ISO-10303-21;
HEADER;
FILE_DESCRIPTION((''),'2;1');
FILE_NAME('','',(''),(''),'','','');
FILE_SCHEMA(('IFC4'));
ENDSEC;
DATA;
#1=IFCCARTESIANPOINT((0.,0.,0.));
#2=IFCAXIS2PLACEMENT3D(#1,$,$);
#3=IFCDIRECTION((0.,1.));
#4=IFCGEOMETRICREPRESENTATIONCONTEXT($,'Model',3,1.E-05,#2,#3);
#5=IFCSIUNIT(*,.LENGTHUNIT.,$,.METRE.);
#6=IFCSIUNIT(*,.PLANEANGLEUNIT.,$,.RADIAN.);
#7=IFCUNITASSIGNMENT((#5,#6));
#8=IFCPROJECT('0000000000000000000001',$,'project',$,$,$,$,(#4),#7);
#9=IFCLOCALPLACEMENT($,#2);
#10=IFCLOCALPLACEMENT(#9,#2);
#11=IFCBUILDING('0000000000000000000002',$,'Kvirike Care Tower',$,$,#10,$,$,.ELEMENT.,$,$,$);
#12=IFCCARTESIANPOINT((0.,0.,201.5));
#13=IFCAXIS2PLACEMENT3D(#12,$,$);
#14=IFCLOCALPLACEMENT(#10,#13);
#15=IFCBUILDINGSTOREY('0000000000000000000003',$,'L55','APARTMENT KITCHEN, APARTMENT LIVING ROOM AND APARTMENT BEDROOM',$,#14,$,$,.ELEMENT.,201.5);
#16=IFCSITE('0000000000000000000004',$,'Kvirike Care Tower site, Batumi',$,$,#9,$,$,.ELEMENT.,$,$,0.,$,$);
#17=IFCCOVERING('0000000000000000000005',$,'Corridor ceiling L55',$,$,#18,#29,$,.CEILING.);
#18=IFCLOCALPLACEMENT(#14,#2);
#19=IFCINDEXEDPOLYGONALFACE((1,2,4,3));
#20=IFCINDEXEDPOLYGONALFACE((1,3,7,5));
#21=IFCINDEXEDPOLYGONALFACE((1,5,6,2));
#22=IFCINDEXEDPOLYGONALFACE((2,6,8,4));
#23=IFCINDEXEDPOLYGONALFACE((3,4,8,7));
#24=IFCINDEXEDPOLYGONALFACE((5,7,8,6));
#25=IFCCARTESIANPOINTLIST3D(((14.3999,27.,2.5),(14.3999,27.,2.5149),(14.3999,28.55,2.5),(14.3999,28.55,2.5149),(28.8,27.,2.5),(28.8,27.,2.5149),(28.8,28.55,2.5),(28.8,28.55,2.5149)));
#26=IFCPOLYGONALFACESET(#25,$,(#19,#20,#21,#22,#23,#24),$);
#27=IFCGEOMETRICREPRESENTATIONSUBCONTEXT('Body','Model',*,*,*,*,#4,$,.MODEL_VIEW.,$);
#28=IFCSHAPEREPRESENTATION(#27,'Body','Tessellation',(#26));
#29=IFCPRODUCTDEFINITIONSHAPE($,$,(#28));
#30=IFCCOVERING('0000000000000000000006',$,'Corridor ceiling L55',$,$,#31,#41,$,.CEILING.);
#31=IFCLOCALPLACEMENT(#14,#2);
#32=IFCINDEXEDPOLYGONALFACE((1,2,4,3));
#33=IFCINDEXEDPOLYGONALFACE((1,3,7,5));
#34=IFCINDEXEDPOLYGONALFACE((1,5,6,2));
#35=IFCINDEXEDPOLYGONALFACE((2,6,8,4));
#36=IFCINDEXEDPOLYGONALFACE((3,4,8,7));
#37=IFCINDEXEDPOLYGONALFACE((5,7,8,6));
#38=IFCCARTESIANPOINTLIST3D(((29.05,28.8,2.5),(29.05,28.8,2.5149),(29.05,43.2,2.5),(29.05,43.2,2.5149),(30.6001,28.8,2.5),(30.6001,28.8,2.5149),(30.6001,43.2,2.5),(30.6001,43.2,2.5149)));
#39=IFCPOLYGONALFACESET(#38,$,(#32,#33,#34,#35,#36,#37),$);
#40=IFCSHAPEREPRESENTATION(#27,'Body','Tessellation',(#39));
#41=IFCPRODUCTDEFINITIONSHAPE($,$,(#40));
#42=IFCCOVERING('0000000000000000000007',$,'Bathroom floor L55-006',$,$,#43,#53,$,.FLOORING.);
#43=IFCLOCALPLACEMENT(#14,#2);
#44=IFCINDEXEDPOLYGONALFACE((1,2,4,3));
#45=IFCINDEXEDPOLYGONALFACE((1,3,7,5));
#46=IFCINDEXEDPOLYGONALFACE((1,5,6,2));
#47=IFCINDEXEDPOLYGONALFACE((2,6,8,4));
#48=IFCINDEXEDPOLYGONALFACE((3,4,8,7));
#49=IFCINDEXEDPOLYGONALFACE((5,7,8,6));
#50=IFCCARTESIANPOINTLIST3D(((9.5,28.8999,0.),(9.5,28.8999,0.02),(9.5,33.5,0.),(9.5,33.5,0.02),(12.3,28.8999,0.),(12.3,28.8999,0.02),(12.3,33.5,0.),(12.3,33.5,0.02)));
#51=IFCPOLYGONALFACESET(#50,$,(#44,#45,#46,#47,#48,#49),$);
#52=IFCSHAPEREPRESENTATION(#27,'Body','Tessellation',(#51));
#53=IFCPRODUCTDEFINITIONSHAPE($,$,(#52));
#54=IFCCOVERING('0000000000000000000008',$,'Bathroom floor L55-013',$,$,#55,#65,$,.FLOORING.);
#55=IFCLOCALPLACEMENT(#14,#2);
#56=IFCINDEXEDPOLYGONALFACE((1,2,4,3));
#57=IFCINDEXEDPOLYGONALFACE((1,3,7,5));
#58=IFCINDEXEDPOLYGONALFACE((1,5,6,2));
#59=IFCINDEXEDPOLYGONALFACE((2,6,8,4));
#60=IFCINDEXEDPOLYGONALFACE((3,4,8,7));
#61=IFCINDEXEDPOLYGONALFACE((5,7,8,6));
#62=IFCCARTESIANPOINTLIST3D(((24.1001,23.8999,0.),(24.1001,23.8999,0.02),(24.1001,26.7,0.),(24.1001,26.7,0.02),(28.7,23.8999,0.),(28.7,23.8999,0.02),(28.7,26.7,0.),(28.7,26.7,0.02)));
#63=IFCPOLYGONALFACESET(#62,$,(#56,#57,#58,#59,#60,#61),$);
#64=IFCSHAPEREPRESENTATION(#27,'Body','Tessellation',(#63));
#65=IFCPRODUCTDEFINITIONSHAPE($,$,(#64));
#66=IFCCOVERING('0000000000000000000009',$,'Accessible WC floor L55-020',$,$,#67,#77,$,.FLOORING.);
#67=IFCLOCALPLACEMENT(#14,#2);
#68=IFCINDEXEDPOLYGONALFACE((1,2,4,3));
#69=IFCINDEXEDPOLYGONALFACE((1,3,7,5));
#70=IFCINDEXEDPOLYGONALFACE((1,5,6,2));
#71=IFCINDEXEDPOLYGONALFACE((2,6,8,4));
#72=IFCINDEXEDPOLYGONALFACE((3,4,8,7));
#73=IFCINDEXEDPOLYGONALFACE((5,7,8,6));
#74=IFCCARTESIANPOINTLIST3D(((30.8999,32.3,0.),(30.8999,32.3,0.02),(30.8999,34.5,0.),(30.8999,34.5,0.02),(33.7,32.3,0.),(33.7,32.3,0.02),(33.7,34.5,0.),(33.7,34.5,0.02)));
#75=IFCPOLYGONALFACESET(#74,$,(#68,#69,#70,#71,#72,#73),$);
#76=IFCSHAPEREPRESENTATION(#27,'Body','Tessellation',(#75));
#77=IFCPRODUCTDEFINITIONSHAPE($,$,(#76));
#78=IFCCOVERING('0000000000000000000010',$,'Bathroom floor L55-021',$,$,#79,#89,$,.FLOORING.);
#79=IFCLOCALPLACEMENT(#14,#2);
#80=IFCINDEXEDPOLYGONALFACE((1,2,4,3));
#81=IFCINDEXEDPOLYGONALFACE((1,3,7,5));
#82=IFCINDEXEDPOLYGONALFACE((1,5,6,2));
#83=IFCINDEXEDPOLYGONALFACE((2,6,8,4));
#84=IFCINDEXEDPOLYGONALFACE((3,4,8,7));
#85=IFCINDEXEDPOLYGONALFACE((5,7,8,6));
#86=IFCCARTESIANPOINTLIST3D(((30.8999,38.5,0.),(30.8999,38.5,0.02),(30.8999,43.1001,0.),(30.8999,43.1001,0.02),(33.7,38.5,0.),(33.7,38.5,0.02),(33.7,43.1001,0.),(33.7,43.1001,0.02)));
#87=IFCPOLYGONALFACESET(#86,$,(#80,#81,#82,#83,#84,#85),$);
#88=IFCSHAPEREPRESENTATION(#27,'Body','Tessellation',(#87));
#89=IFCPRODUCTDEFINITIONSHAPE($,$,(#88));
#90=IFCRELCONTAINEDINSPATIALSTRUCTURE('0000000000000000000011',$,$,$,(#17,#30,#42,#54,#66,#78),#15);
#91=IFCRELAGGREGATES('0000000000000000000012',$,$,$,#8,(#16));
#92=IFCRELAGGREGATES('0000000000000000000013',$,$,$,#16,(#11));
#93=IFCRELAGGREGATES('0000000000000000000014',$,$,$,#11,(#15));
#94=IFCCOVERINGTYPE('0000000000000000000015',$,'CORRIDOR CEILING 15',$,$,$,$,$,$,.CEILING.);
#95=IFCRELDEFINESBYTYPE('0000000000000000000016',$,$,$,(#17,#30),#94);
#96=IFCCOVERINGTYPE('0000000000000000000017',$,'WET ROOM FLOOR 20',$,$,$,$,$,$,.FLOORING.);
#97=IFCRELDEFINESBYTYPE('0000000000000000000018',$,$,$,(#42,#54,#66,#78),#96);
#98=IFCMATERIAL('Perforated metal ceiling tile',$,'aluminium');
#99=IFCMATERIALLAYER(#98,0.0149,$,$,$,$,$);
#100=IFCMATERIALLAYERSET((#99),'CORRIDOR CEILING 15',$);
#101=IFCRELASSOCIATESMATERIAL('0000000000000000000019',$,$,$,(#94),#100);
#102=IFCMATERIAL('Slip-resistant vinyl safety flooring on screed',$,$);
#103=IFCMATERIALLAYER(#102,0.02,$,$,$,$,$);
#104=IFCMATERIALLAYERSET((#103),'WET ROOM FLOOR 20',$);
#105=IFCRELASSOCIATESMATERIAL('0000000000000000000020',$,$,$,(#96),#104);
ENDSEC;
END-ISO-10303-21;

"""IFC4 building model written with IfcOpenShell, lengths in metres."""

from ifc_helpers import new_model, si_unit, direction, frame, origin, place, context, subcontext, project, spatial, polyline, outline, extrude, material, layer, layer_set, type_object, element, save


model = new_model("IFC4")

# Units and contexts
model_context = context("Model", 3, precision=1e-05, world=origin(), true_north=direction((0.0, 1.0)))
body_context = subcontext(model_context, "Body", "Model", "MODEL_VIEW")
ifc_project = project(units=[si_unit("LENGTHUNIT", "METRE"), si_unit("PLANEANGLEUNIT", "RADIAN")], contexts=[model_context])

# Site, building, storey
site_placement = place(None, origin())
site = spatial("IfcSite", under=ifc_project, at=site_placement, Name="Kvirike Care Tower site, Batumi", CompositionType="ELEMENT", RefElevation=0.0)
building_placement = place(site_placement, origin())
building = spatial("IfcBuilding", under=site, at=building_placement, Name="Kvirike Care Tower", CompositionType="ELEMENT")
storey_placement = place(building_placement, frame((0.0, 0.0, 201.5)))
storey = spatial("IfcBuildingStorey", under=building, at=storey_placement, Name="L55", Description="APARTMENT KITCHEN, APARTMENT LIVING ROOM AND APARTMENT BEDROOM", CompositionType="ELEMENT", Elevation=201.5)

# Coverings
ifc_material_1 = material(Name="Perforated metal ceiling tile", Category="aluminium")
ifc_layer_1 = layer(ifc_material_1, 0.0149)
ifc_layer_set_1 = layer_set([ifc_layer_1], Name="CORRIDOR CEILING 15")
covering_type_1 = type_object("IfcCoveringType", Name="CORRIDOR CEILING 15", PredefinedType="CEILING", material=ifc_layer_set_1)
covering_1_placement = place(storey_placement, frame((0.0, 0.0, 2.5)))
element("IfcCovering", 1, at=covering_1_placement, inside=storey, type_object=covering_type_1, Name="Corridor ceiling L55", PredefinedType="CEILING", context=body_context, shape_type="SweptSolid", body=[
    extrude(outline(polyline([(14.3999, 27.0), (14.3999, 28.55), (28.8, 28.55), (28.8, 27.0), (14.3999, 27.0)])), origin(), (0.0, 0.0, 1.0), 0.0149),
])
covering_2_placement = place(storey_placement, frame((0.0, 0.0, 2.5)))
element("IfcCovering", 2, at=covering_2_placement, inside=storey, type_object=covering_type_1, Name="Corridor ceiling L55", PredefinedType="CEILING", context=body_context, shape_type="SweptSolid", body=[
    extrude(outline(polyline([(30.6001, 28.8), (29.05, 28.8), (29.05, 43.2), (30.6001, 43.2), (30.6001, 28.8)])), origin(), (0.0, 0.0, 1.0), 0.0149),
])
ifc_material_2 = material(Name="Slip-resistant vinyl safety flooring on screed")
ifc_layer_2 = layer(ifc_material_2, 0.02)
ifc_layer_set_2 = layer_set([ifc_layer_2], Name="WET ROOM FLOOR 20")
covering_type_2 = type_object("IfcCoveringType", Name="WET ROOM FLOOR 20", PredefinedType="FLOORING", material=ifc_layer_set_2)
covering_3_placement = place(storey_placement, origin())
element("IfcCovering", 3, at=covering_3_placement, inside=storey, type_object=covering_type_2, Name="Bathroom floor L55-006", PredefinedType="FLOORING", context=body_context, shape_type="SweptSolid", body=[
    extrude(outline(polyline([(9.5, 33.5), (12.3, 33.5), (12.3, 28.8999), (9.5, 28.8999), (9.5, 33.5)])), origin(), (0.0, 0.0, 1.0), 0.02),
])
covering_4_placement = place(storey_placement, origin())
element("IfcCovering", 4, at=covering_4_placement, inside=storey, type_object=covering_type_2, Name="Bathroom floor L55-013", PredefinedType="FLOORING", context=body_context, shape_type="SweptSolid", body=[
    extrude(outline(polyline([(24.1001, 23.8999), (24.1001, 26.7), (28.7, 26.7), (28.7, 23.8999), (24.1001, 23.8999)])), origin(), (0.0, 0.0, 1.0), 0.02),
])
covering_5_placement = place(storey_placement, origin())
element("IfcCovering", 5, at=covering_5_placement, inside=storey, type_object=covering_type_2, Name="Accessible WC floor L55-020", PredefinedType="FLOORING", context=body_context, shape_type="SweptSolid", body=[
    extrude(outline(polyline([(33.7, 32.3), (30.8999, 32.3), (30.8999, 34.5), (33.7, 34.5), (33.7, 32.3)])), origin(), (0.0, 0.0, 1.0), 0.02),
])
covering_6_placement = place(storey_placement, origin())
element("IfcCovering", 6, at=covering_6_placement, inside=storey, type_object=covering_type_2, Name="Bathroom floor L55-021", PredefinedType="FLOORING", context=body_context, shape_type="SweptSolid", body=[
    extrude(outline(polyline([(33.7, 38.5), (30.8999, 38.5), (30.8999, 43.1001), (33.7, 43.1001), (33.7, 38.5)])), origin(), (0.0, 0.0, 1.0), 0.02),
])

save(model, "model.ifc")
